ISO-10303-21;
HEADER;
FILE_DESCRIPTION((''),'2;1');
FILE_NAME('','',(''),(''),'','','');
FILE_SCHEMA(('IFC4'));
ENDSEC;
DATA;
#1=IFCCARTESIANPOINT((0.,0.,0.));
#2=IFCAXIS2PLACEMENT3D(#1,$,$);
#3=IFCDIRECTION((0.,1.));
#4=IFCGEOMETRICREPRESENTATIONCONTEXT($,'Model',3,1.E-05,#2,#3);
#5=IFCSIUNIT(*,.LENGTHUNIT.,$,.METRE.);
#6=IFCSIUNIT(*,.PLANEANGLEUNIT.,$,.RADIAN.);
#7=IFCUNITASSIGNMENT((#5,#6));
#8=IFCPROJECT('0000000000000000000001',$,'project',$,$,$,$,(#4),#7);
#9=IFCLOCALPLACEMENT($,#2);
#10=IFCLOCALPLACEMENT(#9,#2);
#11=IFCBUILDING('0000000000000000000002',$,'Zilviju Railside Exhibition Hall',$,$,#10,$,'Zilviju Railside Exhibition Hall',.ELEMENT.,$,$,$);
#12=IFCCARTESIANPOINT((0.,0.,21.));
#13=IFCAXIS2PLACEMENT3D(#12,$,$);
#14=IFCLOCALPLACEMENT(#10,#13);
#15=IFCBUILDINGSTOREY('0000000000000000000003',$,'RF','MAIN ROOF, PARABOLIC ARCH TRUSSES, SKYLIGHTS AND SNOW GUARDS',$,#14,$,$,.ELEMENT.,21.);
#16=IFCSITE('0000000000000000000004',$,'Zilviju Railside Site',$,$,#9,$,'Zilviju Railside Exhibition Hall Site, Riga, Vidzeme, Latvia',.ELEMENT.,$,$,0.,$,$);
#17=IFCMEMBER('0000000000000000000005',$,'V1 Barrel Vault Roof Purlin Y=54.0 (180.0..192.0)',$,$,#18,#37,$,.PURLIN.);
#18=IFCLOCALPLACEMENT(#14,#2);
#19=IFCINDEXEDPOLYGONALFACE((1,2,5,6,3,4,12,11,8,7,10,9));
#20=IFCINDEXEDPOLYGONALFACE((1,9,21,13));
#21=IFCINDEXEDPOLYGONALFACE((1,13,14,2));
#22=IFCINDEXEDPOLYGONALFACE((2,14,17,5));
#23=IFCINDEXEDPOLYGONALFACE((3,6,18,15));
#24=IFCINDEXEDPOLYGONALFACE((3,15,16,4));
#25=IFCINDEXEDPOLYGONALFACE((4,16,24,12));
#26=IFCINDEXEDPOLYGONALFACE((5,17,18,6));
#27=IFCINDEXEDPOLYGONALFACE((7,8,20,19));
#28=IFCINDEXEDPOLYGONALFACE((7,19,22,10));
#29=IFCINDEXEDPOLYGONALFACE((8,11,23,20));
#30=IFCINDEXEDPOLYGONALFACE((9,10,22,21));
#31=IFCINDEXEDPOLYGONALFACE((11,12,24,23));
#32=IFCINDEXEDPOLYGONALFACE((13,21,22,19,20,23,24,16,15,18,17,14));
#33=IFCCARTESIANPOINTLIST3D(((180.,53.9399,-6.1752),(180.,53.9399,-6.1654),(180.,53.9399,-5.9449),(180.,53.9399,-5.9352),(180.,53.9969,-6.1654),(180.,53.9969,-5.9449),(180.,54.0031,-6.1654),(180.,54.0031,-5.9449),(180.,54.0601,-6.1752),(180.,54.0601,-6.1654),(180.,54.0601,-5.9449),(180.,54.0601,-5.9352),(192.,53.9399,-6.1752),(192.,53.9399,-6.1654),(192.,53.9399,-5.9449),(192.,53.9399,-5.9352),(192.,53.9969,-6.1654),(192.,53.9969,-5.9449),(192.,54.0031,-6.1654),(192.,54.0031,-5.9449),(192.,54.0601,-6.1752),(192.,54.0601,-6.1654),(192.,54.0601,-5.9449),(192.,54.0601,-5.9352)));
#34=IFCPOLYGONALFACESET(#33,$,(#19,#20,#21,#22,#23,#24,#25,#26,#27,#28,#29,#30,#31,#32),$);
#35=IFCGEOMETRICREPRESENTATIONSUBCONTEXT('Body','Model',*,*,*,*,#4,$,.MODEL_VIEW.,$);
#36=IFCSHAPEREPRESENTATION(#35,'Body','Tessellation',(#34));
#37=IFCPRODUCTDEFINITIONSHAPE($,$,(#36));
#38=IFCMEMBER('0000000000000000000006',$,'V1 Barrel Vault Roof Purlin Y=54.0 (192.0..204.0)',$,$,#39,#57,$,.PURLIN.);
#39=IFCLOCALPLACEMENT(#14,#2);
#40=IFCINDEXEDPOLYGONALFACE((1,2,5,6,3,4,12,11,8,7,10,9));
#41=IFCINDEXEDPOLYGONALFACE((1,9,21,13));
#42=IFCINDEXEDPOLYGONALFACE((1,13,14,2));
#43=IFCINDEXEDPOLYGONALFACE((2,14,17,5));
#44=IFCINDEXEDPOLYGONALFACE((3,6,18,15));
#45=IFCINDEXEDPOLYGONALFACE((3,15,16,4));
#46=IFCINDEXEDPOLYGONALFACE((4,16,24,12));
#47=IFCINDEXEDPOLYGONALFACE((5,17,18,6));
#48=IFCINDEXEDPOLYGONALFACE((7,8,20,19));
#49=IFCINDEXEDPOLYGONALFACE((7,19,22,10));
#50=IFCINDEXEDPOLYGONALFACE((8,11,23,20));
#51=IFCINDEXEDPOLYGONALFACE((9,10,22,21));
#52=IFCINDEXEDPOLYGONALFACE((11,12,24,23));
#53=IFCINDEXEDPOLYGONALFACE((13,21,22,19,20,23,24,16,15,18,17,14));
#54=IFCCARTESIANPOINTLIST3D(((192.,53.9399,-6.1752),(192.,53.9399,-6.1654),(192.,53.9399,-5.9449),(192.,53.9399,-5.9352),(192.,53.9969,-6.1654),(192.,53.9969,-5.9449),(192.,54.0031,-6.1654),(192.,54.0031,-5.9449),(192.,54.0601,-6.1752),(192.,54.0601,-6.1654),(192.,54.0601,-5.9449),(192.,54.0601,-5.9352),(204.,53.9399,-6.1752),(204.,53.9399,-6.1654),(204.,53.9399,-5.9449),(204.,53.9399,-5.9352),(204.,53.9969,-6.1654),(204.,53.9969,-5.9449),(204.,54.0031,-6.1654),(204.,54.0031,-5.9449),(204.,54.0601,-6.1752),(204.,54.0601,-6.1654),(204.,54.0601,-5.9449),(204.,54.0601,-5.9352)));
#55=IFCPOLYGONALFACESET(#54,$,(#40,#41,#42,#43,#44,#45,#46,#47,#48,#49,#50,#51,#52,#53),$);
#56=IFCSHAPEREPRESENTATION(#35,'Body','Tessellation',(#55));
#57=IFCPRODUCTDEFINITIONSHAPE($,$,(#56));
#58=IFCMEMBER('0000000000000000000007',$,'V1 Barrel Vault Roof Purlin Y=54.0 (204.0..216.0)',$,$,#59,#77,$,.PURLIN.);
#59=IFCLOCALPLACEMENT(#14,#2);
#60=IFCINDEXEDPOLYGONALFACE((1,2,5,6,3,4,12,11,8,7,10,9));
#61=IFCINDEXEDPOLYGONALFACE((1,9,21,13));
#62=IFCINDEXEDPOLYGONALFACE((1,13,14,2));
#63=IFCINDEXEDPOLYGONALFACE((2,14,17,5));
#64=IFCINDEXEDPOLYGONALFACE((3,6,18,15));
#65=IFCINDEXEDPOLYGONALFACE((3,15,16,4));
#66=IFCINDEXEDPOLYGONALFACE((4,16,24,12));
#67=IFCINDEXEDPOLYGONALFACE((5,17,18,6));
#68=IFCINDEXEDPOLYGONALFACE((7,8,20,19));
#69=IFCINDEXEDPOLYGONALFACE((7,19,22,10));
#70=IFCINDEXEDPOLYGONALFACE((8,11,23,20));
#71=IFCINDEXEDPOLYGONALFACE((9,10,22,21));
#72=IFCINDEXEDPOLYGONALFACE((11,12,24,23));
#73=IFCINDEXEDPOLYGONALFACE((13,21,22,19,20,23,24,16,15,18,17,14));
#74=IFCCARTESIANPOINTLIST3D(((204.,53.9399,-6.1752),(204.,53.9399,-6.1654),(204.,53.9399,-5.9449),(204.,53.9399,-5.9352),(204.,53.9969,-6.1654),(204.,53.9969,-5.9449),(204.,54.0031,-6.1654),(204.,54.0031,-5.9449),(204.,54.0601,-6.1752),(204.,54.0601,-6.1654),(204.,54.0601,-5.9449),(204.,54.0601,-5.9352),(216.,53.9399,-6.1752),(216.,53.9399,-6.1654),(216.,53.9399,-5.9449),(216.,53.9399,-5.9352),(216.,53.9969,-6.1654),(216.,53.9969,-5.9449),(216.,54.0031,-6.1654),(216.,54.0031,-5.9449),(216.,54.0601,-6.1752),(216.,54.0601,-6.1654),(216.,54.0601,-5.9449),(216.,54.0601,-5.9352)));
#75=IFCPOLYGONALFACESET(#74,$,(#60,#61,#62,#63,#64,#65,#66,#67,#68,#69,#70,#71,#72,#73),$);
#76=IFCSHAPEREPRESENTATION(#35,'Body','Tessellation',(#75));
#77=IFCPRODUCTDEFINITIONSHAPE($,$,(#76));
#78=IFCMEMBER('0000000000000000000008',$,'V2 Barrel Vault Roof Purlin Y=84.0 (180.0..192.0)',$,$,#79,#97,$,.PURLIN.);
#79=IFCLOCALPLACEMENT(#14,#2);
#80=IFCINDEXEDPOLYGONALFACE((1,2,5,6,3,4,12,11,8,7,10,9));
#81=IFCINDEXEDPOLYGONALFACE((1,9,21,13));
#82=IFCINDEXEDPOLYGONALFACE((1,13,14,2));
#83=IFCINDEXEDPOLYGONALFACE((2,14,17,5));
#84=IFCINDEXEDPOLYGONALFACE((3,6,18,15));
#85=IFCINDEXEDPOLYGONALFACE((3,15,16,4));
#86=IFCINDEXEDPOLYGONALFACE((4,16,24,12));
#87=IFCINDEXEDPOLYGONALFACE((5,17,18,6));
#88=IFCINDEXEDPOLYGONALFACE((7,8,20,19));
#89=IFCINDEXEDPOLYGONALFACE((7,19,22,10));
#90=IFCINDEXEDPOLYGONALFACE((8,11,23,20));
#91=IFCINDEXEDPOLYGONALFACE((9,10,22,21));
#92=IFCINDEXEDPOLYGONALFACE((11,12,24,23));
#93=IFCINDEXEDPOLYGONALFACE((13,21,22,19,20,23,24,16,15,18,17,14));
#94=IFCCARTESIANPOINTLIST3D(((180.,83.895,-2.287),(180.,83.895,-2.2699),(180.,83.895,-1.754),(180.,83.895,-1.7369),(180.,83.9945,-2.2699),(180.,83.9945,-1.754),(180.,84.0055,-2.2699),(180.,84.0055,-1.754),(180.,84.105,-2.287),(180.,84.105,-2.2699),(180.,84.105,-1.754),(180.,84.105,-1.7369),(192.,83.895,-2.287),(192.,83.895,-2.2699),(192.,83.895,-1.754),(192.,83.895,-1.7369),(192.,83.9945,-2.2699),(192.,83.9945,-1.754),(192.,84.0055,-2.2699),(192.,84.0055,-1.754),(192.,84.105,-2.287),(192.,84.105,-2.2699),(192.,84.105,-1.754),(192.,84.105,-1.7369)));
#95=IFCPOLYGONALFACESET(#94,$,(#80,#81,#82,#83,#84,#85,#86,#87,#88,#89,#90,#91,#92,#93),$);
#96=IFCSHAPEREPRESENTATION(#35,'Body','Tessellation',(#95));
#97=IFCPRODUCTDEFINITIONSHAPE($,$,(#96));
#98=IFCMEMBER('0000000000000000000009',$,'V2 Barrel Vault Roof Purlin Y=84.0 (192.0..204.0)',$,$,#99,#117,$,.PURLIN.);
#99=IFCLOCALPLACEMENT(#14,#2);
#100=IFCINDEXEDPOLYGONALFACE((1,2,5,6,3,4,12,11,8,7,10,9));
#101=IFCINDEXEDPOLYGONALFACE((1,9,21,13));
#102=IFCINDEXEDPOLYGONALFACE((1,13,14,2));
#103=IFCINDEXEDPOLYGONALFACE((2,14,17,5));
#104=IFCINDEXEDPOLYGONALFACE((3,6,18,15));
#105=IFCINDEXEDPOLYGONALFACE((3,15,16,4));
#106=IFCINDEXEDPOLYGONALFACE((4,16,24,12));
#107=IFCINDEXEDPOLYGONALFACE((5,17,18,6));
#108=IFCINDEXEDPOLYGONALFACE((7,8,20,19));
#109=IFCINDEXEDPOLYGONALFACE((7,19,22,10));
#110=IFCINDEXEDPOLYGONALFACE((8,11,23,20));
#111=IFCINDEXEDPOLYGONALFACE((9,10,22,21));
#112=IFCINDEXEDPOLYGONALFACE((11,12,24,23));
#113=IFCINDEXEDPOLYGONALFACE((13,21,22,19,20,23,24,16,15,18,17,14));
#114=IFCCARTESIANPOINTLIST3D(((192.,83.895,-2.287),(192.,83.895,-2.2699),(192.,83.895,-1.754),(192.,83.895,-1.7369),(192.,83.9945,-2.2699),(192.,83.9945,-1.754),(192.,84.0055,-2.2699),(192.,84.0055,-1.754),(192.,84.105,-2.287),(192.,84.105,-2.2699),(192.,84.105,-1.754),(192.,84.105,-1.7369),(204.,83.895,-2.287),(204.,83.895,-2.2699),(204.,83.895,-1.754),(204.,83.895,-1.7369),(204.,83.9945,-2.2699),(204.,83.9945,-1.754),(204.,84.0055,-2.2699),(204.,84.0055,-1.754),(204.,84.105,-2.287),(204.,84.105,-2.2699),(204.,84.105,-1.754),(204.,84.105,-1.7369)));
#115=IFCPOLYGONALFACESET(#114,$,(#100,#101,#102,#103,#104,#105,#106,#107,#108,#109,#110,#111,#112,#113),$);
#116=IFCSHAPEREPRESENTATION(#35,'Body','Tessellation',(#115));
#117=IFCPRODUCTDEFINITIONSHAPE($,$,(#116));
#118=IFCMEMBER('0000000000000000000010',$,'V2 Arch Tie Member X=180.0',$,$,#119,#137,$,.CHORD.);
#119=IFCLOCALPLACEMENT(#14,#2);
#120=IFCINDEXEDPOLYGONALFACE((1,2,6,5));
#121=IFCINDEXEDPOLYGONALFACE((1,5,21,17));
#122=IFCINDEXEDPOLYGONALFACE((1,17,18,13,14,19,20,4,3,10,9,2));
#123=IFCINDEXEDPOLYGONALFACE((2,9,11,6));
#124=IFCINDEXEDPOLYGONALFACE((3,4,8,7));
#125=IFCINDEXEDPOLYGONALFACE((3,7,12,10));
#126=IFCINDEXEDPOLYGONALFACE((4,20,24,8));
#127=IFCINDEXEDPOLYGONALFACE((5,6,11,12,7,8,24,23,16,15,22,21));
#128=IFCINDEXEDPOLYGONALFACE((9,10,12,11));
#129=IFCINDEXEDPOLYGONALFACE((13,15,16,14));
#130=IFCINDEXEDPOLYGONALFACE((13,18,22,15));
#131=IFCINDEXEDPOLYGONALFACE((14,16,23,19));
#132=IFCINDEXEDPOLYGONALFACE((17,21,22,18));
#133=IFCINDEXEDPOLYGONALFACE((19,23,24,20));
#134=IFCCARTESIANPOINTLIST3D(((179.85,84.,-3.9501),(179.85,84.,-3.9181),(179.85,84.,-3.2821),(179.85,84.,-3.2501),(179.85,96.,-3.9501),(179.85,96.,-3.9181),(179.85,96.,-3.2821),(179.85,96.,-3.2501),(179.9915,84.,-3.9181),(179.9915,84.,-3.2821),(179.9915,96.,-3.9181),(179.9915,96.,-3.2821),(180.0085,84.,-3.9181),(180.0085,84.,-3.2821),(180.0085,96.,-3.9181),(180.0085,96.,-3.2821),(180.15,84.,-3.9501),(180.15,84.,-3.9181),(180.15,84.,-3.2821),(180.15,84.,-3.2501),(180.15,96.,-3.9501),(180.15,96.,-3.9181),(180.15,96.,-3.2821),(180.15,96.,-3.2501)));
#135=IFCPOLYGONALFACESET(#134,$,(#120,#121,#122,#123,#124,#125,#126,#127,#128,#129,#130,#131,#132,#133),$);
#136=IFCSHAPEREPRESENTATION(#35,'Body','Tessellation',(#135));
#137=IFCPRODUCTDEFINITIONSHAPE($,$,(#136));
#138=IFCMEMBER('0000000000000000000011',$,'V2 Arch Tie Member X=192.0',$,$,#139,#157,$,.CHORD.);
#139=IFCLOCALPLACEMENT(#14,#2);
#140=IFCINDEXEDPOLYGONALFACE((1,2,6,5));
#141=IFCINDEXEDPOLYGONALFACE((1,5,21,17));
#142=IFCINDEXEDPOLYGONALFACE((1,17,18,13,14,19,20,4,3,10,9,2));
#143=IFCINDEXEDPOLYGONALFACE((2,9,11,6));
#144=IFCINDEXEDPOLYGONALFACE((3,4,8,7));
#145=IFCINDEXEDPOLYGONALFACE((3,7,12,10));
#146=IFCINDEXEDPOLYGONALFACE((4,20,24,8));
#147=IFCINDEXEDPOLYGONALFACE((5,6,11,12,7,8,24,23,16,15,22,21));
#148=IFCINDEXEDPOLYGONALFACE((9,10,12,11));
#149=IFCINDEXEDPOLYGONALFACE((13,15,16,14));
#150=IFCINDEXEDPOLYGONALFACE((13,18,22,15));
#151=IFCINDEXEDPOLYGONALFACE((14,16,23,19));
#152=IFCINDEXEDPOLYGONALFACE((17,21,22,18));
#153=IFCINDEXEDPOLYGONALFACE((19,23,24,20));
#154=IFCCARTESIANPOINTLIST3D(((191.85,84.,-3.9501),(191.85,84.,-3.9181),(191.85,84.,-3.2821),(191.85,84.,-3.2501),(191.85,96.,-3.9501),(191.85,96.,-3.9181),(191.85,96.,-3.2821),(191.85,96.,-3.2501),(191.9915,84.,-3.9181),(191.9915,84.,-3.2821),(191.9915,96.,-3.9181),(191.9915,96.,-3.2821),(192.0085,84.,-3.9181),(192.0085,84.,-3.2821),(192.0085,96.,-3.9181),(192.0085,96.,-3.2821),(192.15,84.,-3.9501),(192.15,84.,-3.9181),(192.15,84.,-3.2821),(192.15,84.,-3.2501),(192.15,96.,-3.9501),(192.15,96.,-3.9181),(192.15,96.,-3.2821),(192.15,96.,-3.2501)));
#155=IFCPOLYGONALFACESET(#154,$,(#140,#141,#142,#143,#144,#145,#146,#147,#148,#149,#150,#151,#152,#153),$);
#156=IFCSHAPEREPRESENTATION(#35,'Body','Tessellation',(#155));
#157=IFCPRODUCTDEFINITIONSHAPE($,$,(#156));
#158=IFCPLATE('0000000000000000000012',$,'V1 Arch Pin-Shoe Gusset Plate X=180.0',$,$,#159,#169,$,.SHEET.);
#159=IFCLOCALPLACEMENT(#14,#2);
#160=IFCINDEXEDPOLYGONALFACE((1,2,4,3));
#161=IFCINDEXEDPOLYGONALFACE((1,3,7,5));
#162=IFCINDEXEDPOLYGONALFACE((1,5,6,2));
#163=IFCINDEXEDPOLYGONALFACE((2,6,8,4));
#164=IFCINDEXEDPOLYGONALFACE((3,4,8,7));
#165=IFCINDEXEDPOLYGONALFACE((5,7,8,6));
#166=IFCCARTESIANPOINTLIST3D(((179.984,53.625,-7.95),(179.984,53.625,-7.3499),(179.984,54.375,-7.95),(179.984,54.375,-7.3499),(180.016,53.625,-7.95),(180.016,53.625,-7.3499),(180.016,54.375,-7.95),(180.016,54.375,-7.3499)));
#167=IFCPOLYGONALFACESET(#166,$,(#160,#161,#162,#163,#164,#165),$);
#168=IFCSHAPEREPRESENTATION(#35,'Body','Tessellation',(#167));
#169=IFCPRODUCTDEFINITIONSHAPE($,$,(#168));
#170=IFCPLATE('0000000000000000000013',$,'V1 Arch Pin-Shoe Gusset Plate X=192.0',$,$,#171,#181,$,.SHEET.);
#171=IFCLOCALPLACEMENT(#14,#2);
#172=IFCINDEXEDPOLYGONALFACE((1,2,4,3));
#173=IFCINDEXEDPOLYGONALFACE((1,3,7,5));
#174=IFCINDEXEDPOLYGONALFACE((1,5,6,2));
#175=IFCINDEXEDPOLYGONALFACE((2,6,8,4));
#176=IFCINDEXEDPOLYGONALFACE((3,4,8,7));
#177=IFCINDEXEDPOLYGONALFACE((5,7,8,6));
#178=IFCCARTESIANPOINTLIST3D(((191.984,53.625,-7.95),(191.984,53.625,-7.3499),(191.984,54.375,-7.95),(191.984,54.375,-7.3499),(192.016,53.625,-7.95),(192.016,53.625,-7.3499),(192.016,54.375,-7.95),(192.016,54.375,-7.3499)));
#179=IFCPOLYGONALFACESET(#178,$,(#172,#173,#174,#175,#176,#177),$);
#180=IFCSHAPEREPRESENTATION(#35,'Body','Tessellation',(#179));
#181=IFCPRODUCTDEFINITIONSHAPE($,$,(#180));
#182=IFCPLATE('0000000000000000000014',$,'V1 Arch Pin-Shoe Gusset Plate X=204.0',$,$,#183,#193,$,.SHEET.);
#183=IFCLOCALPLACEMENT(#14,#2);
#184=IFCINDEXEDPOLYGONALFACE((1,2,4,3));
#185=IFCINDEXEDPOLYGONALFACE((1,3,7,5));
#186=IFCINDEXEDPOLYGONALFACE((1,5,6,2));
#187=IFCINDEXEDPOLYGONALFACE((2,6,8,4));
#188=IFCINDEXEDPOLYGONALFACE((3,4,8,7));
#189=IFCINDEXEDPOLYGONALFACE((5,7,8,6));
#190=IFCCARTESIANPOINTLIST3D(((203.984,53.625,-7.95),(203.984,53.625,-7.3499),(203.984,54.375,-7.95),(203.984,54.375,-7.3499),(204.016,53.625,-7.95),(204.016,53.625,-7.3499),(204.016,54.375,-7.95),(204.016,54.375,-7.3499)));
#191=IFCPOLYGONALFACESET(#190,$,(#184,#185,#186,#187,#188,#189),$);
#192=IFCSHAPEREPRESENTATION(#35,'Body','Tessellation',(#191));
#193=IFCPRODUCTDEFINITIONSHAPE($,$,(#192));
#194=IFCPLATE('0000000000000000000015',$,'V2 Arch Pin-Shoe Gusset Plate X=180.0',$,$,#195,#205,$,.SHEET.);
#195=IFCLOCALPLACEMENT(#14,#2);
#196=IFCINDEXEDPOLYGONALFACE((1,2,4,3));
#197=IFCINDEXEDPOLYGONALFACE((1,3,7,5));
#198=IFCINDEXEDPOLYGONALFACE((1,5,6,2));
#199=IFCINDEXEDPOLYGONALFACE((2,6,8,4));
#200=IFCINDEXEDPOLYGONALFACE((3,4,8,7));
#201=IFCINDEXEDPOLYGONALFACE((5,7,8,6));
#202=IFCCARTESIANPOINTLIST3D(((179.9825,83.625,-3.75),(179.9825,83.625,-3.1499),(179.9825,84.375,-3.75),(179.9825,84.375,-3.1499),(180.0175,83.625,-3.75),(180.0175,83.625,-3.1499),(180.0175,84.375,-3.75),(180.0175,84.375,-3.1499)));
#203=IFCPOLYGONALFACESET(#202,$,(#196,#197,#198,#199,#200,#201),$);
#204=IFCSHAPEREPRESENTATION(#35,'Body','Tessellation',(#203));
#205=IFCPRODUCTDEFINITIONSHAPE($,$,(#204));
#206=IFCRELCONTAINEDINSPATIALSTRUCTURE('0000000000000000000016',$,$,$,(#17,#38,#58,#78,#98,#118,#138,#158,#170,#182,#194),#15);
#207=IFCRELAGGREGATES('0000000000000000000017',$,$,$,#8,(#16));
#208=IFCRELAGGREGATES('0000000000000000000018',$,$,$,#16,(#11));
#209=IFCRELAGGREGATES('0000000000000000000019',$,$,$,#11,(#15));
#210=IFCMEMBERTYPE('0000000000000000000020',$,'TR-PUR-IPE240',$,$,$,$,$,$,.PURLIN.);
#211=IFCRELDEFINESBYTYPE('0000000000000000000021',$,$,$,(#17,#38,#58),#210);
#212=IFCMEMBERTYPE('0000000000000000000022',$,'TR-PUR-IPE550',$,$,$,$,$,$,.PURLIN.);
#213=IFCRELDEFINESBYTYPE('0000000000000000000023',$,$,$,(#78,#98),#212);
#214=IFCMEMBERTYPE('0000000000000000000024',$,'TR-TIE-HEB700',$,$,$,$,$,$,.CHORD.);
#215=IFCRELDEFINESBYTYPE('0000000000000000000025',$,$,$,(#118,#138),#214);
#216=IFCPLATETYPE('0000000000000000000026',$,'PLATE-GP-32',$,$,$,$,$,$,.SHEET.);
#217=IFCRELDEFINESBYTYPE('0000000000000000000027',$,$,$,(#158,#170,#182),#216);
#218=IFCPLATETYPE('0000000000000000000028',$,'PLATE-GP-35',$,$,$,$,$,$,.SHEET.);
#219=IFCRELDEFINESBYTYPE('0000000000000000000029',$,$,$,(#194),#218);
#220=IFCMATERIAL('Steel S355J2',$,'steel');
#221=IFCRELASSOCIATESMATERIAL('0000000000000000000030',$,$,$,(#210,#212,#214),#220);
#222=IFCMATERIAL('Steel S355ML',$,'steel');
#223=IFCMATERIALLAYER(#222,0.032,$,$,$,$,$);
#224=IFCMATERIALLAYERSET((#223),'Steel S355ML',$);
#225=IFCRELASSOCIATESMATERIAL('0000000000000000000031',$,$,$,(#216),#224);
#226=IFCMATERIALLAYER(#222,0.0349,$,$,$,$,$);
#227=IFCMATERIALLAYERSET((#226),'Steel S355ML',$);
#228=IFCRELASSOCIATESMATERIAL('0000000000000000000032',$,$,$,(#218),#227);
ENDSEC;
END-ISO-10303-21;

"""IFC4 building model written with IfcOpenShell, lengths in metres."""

from ifc_helpers import new_model, si_unit, direction, frame, origin, origin_2d, place, context, subcontext, project, spatial, rectangle, i_section, extrude, material, layer, layer_set, material_profile, profile_set, type_object, element, save


model = new_model("IFC4")

# Units and contexts
model_context = context("Model", 3, precision=1e-05, world=origin(), true_north=direction((0.0, 1.0)))
body_context = subcontext(model_context, "Body", "Model", "MODEL_VIEW")
ifc_project = project(units=[si_unit("LENGTHUNIT", "METRE"), si_unit("PLANEANGLEUNIT", "RADIAN")], contexts=[model_context])

# Site, building, storey
site_placement = place(None, origin())
site = spatial("IfcSite", under=ifc_project, at=site_placement, Name="Zilviju Railside Site", LongName="Zilviju Railside Exhibition Hall Site, Riga, Vidzeme, Latvia", CompositionType="ELEMENT", RefElevation=0.0)
building_placement = place(site_placement, origin())
building = spatial("IfcBuilding", under=site, at=building_placement, Name="Zilviju Railside Exhibition Hall", LongName="Zilviju Railside Exhibition Hall", CompositionType="ELEMENT")
storey_placement = place(building_placement, frame((0.0, 0.0, 21.0)))
storey = spatial("IfcBuildingStorey", under=building, at=storey_placement, Name="RF", Description="MAIN ROOF, PARABOLIC ARCH TRUSSES, SKYLIGHTS AND SNOW GUARDS", CompositionType="ELEMENT", Elevation=21.0)

# Members
ifc_material_1 = material(Name="Steel S355J2", Category="steel")
ifc_material_profile_1 = material_profile(ifc_material_1, i_section(OverallWidth=0.1201, OverallDepth=0.24, WebThickness=0.0061, FlangeThickness=0.0098, at=origin_2d()), Name="IPE 240")
ifc_profile_set_1 = profile_set([ifc_material_profile_1], Name="Steel S355J2")
member_type_1 = type_object("IfcMemberType", Name="TR-PUR-IPE240", PredefinedType="PURLIN", material=ifc_profile_set_1)
for number, where, z_axis, x_axis, name in (
    (1, (180.0, 54.0, -6.0552), (1.0, 0.0, 0.0), (0.0, 1.0, 0.0), "V1 Barrel Vault Roof Purlin Y=54.0 (180.0..192.0)"),
    (2, (192.0, 54.0, -6.0552), (1.0, 0.0, 0.0), (0.0, 1.0, 0.0), "V1 Barrel Vault Roof Purlin Y=54.0 (192.0..204.0)"),
    (3, (204.0, 54.0, -6.0552), (1.0, 0.0, 0.0), (0.0, 1.0, 0.0), "V1 Barrel Vault Roof Purlin Y=54.0 (204.0..216.0)"),
):
    element("IfcMember", number, at=place(storey_placement, frame(where, z_axis=z_axis, x_axis=x_axis)), inside=storey, type_object=member_type_1, Name=name, PredefinedType="PURLIN", context=body_context, shape_type="SweptSolid", body=[
        extrude(i_section(OverallWidth=0.1201, OverallDepth=0.24, WebThickness=0.0061, FlangeThickness=0.0098, at=origin_2d()), origin(), (0.0, 0.0, 1.0), 12.0),
    ])
ifc_material_profile_2 = material_profile(ifc_material_1, i_section(OverallWidth=0.21, OverallDepth=0.55, WebThickness=0.011, FlangeThickness=0.0171, at=origin_2d()), Name="IPE 550")
ifc_profile_set_2 = profile_set([ifc_material_profile_2], Name="Steel S355J2")
member_type_2 = type_object("IfcMemberType", Name="TR-PUR-IPE550", PredefinedType="PURLIN", material=ifc_profile_set_2)
for number, where, z_axis, x_axis, name in (
    (4, (180.0, 84.0, -2.012), (1.0, 0.0, 0.0), (0.0, 1.0, 0.0), "V2 Barrel Vault Roof Purlin Y=84.0 (180.0..192.0)"),
    (5, (192.0, 84.0, -2.012), (1.0, 0.0, 0.0), (0.0, 1.0, 0.0), "V2 Barrel Vault Roof Purlin Y=84.0 (192.0..204.0)"),
):
    element("IfcMember", number, at=place(storey_placement, frame(where, z_axis=z_axis, x_axis=x_axis)), inside=storey, type_object=member_type_2, Name=name, PredefinedType="PURLIN", context=body_context, shape_type="SweptSolid", body=[
        extrude(i_section(OverallWidth=0.21, OverallDepth=0.55, WebThickness=0.011, FlangeThickness=0.0171, at=origin_2d()), origin(), (0.0, 0.0, 1.0), 12.0),
    ])
ifc_material_profile_3 = material_profile(ifc_material_1, i_section(OverallWidth=0.3, OverallDepth=0.7, WebThickness=0.0171, FlangeThickness=0.032, at=origin_2d()), Name="HEB 700")
ifc_profile_set_3 = profile_set([ifc_material_profile_3], Name="Steel S355J2")
member_type_3 = type_object("IfcMemberType", Name="TR-TIE-HEB700", PredefinedType="CHORD", material=ifc_profile_set_3)
for number, where, z_axis, x_axis, name in (
    (6, (180.0, 84.0, -3.6001), (0.0, 1.0, 0.0), (-1.0, 0.0, 0.0), "V2 Arch Tie Member X=180.0"),
    (7, (192.0, 84.0, -3.6001), (0.0, 1.0, 0.0), (-1.0, 0.0, 0.0), "V2 Arch Tie Member X=192.0"),
):
    element("IfcMember", number, at=place(storey_placement, frame(where, z_axis=z_axis, x_axis=x_axis)), inside=storey, type_object=member_type_3, Name=name, PredefinedType="CHORD", context=body_context, shape_type="SweptSolid", body=[
        extrude(i_section(OverallWidth=0.3, OverallDepth=0.7, WebThickness=0.0171, FlangeThickness=0.032, at=origin_2d()), origin(), (0.0, 0.0, 1.0), 12.0),
    ])

# Plates
ifc_material_2 = material(Name="Steel S355ML", Category="steel")
ifc_layer_1 = layer(ifc_material_2, 0.032)
ifc_layer_set_1 = layer_set([ifc_layer_1], Name="Steel S355ML")
plate_type_1 = type_object("IfcPlateType", Name="PLATE-GP-32", PredefinedType="SHEET", material=ifc_layer_set_1)
for number, where, z_axis, x_axis, name in (
    (8, (180.0, 54.0, -7.95), (0.0, 0.0, 1.0), (1.0, 0.0, 0.0), "V1 Arch Pin-Shoe Gusset Plate X=180.0"),
    (9, (192.0, 54.0, -7.95), (0.0, 0.0, 1.0), (1.0, 0.0, 0.0), "V1 Arch Pin-Shoe Gusset Plate X=192.0"),
    (10, (204.0, 54.0, -7.95), (0.0, 0.0, 1.0), (1.0, 0.0, 0.0), "V1 Arch Pin-Shoe Gusset Plate X=204.0"),
):
    element("IfcPlate", number, at=place(storey_placement, frame(where, z_axis=z_axis, x_axis=x_axis)), inside=storey, type_object=plate_type_1, Name=name, PredefinedType="SHEET", context=body_context, shape_type="SweptSolid", body=[
        extrude(rectangle(XDim=0.032, YDim=0.75, at=origin_2d()), origin(), (0.0, 0.0, 1.0), 0.6001),
    ])
ifc_layer_2 = layer(ifc_material_2, 0.0349)
ifc_layer_set_2 = layer_set([ifc_layer_2], Name="Steel S355ML")
plate_type_2 = type_object("IfcPlateType", Name="PLATE-GP-35", PredefinedType="SHEET", material=ifc_layer_set_2)
for number, where, z_axis, x_axis, name in (
    (11, (180.0, 84.0, -3.75), (0.0, 0.0, 1.0), (1.0, 0.0, 0.0), "V2 Arch Pin-Shoe Gusset Plate X=180.0"),
):
    element("IfcPlate", number, at=place(storey_placement, frame(where, z_axis=z_axis, x_axis=x_axis)), inside=storey, type_object=plate_type_2, Name=name, PredefinedType="SHEET", context=body_context, shape_type="SweptSolid", body=[
        extrude(rectangle(XDim=0.0349, YDim=0.75, at=origin_2d()), origin(), (0.0, 0.0, 1.0), 0.6001),
    ])

save(model, "model.ifc")
